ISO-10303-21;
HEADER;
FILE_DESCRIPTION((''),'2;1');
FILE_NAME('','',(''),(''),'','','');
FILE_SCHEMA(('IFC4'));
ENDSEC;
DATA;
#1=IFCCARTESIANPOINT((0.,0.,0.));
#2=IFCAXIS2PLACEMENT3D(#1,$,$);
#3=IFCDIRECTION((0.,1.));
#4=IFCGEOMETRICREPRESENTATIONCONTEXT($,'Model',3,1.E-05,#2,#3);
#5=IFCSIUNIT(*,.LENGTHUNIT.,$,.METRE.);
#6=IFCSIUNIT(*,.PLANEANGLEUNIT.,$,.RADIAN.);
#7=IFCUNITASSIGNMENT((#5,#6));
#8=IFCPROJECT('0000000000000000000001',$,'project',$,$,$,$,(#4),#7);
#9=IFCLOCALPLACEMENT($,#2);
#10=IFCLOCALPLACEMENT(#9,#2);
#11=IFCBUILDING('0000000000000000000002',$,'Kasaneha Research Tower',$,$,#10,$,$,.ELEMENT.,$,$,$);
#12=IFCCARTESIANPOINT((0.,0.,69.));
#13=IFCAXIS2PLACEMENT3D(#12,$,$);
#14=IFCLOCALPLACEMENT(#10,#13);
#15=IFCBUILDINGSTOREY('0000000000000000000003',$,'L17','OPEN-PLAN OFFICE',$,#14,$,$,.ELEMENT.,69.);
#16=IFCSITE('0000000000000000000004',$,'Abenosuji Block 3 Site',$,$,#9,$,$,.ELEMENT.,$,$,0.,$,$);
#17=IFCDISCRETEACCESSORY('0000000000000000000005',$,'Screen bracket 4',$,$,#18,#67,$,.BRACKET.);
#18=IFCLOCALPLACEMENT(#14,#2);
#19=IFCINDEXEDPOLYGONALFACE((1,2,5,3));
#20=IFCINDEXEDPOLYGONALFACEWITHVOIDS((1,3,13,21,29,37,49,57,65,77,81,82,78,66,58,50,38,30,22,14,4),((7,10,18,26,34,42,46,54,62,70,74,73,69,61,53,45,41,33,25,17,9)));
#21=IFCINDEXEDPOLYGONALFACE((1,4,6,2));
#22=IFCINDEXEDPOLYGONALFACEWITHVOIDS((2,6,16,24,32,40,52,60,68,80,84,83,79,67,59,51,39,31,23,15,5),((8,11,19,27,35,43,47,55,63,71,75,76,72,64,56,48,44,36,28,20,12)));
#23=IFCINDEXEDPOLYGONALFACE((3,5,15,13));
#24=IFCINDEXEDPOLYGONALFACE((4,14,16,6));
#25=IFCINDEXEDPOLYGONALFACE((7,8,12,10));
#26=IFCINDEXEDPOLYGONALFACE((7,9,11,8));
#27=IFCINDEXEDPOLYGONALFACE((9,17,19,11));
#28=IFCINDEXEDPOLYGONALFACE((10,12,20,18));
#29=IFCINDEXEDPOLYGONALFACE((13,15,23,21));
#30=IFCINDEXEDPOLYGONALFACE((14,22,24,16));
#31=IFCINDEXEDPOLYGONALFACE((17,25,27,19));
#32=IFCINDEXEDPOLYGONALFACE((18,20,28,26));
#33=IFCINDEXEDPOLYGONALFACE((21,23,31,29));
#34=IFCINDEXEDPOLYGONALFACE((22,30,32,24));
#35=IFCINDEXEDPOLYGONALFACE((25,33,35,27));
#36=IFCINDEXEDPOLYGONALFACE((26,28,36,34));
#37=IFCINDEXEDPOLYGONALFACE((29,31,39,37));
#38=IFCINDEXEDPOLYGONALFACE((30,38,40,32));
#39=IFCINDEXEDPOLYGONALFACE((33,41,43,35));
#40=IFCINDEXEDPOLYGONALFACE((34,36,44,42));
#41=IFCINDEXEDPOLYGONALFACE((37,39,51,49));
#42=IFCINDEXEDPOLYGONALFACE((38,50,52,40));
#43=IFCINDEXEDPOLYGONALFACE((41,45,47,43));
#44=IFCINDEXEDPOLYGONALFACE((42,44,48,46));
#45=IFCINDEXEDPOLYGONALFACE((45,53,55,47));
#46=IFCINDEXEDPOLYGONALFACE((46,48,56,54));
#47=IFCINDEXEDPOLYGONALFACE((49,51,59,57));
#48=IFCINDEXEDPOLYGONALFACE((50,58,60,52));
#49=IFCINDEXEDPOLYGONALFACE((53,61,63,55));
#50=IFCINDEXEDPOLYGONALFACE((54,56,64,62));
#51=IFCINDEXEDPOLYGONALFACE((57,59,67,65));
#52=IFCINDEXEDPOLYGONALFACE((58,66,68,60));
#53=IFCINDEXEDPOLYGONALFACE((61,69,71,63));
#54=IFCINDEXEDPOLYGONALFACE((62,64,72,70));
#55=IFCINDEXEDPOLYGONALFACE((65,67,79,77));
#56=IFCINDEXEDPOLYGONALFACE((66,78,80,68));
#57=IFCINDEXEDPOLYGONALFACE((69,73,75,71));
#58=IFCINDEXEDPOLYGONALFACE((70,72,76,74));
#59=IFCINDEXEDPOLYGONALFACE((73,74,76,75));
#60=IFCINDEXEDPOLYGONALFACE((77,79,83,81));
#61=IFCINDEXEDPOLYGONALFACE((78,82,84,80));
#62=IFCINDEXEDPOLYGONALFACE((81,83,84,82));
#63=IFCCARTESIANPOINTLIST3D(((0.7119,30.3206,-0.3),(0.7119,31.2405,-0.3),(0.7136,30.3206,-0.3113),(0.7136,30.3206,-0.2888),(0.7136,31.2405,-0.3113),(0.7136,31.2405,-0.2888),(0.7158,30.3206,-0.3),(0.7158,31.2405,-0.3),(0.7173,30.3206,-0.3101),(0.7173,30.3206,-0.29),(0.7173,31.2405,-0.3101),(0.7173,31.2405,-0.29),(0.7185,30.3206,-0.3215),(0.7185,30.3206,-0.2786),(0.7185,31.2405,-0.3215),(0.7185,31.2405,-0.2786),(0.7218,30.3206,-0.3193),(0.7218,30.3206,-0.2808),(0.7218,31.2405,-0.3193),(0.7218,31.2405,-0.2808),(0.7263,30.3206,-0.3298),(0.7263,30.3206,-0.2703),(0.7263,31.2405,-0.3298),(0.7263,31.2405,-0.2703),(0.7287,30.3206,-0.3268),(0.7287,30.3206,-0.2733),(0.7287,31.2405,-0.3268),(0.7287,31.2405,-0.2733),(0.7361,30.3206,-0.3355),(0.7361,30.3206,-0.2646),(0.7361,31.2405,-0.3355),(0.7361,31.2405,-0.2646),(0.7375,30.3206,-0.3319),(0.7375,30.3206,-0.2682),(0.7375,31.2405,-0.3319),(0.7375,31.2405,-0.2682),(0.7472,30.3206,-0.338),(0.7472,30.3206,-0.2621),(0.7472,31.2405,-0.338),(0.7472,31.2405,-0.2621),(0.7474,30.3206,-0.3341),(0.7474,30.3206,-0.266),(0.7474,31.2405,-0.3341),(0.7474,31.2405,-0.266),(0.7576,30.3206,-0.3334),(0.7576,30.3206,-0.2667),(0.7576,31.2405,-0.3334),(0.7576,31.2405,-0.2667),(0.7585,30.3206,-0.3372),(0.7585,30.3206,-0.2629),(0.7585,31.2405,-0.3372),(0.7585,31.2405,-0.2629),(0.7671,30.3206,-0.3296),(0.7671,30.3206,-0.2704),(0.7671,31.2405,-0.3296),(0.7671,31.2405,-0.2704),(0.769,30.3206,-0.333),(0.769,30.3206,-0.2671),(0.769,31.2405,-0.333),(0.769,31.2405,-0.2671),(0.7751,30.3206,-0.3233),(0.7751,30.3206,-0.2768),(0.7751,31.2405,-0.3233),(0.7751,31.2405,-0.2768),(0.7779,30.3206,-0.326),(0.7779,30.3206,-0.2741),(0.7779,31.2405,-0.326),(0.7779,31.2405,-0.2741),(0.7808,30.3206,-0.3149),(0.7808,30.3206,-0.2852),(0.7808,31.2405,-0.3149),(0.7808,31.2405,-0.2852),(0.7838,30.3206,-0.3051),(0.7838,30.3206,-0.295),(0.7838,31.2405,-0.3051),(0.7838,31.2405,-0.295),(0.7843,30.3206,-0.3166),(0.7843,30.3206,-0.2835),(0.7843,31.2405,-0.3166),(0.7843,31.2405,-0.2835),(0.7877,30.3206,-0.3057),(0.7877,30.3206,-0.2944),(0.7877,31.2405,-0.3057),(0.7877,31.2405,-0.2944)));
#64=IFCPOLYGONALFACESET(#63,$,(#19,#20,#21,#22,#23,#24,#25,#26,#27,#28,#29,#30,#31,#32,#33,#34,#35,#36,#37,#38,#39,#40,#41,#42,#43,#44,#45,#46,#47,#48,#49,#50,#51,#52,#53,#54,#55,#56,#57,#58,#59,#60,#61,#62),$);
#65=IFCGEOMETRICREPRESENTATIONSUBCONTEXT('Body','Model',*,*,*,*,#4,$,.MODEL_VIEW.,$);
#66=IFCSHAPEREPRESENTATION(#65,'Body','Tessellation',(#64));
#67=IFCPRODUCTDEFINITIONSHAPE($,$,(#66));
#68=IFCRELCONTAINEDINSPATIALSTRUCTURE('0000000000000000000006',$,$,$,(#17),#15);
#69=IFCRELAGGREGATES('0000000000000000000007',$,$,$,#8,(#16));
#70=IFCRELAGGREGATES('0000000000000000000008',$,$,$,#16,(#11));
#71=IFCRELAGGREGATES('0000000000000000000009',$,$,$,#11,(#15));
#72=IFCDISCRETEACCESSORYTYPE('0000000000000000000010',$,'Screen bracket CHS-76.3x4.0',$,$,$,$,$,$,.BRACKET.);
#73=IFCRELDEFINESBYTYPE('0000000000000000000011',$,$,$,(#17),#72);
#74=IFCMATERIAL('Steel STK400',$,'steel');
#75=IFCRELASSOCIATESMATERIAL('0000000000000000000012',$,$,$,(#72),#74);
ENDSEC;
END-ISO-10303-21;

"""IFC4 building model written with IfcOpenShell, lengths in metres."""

from ifc_helpers import new_model, si_unit, direction, frame, origin, origin_2d, place, context, subcontext, project, spatial, hollow_circle, extrude, material, material_profile, profile_set, type_object, element, save


model = new_model("IFC4")

# Units and contexts
model_context = context("Model", 3, precision=1e-05, world=origin(), true_north=direction((0.0, 1.0)))
body_context = subcontext(model_context, "Body", "Model", "MODEL_VIEW")
ifc_project = project(units=[si_unit("LENGTHUNIT", "METRE"), si_unit("PLANEANGLEUNIT", "RADIAN")], contexts=[model_context])

# Site, building, storey
site_placement = place(None, origin())
site = spatial("IfcSite", under=ifc_project, at=site_placement, Name="Abenosuji Block 3 Site", CompositionType="ELEMENT", RefElevation=0.0)
building_placement = place(site_placement, origin())
building = spatial("IfcBuilding", under=site, at=building_placement, Name="Kasaneha Research Tower", CompositionType="ELEMENT")
storey_placement = place(building_placement, frame((0.0, 0.0, 69.0)))
storey = spatial("IfcBuildingStorey", under=building, at=storey_placement, Name="L17", Description="OPEN-PLAN OFFICE", CompositionType="ELEMENT", Elevation=69.0)

# Discrete accessory
ifc_material_1 = material(Name="Steel STK400", Category="steel")
ifc_material_profile_1 = material_profile(ifc_material_1, hollow_circle(Radius=0.0381, WallThickness=0.0039, at=origin_2d()), Name="CHS-76.3x4.0")
ifc_profile_set_1 = profile_set([ifc_material_profile_1], Name="Steel STK400")
discrete_accessory_type = type_object("IfcDiscreteAccessoryType", Name="Screen bracket CHS-76.3x4.0", PredefinedType="BRACKET", material=ifc_profile_set_1)
for number, where, z_axis, x_axis, name in (
    (1, (0.75, 30.3206, -0.3), (0.0, 1.0, 0.0), (-1.0, 0.0, 0.0), "Screen bracket 4"),
):
    element("IfcDiscreteAccessory", number, at=place(storey_placement, frame(where, z_axis=z_axis, x_axis=x_axis)), inside=storey, type_object=discrete_accessory_type, Name=name, PredefinedType="BRACKET", context=body_context, shape_type="SweptSolid", body=[
        extrude(hollow_circle(Radius=0.0381, WallThickness=0.0039, at=origin_2d()), origin(), (0.0, 0.0, 1.0), 0.9199),
    ])

save(model, "model.ifc")
